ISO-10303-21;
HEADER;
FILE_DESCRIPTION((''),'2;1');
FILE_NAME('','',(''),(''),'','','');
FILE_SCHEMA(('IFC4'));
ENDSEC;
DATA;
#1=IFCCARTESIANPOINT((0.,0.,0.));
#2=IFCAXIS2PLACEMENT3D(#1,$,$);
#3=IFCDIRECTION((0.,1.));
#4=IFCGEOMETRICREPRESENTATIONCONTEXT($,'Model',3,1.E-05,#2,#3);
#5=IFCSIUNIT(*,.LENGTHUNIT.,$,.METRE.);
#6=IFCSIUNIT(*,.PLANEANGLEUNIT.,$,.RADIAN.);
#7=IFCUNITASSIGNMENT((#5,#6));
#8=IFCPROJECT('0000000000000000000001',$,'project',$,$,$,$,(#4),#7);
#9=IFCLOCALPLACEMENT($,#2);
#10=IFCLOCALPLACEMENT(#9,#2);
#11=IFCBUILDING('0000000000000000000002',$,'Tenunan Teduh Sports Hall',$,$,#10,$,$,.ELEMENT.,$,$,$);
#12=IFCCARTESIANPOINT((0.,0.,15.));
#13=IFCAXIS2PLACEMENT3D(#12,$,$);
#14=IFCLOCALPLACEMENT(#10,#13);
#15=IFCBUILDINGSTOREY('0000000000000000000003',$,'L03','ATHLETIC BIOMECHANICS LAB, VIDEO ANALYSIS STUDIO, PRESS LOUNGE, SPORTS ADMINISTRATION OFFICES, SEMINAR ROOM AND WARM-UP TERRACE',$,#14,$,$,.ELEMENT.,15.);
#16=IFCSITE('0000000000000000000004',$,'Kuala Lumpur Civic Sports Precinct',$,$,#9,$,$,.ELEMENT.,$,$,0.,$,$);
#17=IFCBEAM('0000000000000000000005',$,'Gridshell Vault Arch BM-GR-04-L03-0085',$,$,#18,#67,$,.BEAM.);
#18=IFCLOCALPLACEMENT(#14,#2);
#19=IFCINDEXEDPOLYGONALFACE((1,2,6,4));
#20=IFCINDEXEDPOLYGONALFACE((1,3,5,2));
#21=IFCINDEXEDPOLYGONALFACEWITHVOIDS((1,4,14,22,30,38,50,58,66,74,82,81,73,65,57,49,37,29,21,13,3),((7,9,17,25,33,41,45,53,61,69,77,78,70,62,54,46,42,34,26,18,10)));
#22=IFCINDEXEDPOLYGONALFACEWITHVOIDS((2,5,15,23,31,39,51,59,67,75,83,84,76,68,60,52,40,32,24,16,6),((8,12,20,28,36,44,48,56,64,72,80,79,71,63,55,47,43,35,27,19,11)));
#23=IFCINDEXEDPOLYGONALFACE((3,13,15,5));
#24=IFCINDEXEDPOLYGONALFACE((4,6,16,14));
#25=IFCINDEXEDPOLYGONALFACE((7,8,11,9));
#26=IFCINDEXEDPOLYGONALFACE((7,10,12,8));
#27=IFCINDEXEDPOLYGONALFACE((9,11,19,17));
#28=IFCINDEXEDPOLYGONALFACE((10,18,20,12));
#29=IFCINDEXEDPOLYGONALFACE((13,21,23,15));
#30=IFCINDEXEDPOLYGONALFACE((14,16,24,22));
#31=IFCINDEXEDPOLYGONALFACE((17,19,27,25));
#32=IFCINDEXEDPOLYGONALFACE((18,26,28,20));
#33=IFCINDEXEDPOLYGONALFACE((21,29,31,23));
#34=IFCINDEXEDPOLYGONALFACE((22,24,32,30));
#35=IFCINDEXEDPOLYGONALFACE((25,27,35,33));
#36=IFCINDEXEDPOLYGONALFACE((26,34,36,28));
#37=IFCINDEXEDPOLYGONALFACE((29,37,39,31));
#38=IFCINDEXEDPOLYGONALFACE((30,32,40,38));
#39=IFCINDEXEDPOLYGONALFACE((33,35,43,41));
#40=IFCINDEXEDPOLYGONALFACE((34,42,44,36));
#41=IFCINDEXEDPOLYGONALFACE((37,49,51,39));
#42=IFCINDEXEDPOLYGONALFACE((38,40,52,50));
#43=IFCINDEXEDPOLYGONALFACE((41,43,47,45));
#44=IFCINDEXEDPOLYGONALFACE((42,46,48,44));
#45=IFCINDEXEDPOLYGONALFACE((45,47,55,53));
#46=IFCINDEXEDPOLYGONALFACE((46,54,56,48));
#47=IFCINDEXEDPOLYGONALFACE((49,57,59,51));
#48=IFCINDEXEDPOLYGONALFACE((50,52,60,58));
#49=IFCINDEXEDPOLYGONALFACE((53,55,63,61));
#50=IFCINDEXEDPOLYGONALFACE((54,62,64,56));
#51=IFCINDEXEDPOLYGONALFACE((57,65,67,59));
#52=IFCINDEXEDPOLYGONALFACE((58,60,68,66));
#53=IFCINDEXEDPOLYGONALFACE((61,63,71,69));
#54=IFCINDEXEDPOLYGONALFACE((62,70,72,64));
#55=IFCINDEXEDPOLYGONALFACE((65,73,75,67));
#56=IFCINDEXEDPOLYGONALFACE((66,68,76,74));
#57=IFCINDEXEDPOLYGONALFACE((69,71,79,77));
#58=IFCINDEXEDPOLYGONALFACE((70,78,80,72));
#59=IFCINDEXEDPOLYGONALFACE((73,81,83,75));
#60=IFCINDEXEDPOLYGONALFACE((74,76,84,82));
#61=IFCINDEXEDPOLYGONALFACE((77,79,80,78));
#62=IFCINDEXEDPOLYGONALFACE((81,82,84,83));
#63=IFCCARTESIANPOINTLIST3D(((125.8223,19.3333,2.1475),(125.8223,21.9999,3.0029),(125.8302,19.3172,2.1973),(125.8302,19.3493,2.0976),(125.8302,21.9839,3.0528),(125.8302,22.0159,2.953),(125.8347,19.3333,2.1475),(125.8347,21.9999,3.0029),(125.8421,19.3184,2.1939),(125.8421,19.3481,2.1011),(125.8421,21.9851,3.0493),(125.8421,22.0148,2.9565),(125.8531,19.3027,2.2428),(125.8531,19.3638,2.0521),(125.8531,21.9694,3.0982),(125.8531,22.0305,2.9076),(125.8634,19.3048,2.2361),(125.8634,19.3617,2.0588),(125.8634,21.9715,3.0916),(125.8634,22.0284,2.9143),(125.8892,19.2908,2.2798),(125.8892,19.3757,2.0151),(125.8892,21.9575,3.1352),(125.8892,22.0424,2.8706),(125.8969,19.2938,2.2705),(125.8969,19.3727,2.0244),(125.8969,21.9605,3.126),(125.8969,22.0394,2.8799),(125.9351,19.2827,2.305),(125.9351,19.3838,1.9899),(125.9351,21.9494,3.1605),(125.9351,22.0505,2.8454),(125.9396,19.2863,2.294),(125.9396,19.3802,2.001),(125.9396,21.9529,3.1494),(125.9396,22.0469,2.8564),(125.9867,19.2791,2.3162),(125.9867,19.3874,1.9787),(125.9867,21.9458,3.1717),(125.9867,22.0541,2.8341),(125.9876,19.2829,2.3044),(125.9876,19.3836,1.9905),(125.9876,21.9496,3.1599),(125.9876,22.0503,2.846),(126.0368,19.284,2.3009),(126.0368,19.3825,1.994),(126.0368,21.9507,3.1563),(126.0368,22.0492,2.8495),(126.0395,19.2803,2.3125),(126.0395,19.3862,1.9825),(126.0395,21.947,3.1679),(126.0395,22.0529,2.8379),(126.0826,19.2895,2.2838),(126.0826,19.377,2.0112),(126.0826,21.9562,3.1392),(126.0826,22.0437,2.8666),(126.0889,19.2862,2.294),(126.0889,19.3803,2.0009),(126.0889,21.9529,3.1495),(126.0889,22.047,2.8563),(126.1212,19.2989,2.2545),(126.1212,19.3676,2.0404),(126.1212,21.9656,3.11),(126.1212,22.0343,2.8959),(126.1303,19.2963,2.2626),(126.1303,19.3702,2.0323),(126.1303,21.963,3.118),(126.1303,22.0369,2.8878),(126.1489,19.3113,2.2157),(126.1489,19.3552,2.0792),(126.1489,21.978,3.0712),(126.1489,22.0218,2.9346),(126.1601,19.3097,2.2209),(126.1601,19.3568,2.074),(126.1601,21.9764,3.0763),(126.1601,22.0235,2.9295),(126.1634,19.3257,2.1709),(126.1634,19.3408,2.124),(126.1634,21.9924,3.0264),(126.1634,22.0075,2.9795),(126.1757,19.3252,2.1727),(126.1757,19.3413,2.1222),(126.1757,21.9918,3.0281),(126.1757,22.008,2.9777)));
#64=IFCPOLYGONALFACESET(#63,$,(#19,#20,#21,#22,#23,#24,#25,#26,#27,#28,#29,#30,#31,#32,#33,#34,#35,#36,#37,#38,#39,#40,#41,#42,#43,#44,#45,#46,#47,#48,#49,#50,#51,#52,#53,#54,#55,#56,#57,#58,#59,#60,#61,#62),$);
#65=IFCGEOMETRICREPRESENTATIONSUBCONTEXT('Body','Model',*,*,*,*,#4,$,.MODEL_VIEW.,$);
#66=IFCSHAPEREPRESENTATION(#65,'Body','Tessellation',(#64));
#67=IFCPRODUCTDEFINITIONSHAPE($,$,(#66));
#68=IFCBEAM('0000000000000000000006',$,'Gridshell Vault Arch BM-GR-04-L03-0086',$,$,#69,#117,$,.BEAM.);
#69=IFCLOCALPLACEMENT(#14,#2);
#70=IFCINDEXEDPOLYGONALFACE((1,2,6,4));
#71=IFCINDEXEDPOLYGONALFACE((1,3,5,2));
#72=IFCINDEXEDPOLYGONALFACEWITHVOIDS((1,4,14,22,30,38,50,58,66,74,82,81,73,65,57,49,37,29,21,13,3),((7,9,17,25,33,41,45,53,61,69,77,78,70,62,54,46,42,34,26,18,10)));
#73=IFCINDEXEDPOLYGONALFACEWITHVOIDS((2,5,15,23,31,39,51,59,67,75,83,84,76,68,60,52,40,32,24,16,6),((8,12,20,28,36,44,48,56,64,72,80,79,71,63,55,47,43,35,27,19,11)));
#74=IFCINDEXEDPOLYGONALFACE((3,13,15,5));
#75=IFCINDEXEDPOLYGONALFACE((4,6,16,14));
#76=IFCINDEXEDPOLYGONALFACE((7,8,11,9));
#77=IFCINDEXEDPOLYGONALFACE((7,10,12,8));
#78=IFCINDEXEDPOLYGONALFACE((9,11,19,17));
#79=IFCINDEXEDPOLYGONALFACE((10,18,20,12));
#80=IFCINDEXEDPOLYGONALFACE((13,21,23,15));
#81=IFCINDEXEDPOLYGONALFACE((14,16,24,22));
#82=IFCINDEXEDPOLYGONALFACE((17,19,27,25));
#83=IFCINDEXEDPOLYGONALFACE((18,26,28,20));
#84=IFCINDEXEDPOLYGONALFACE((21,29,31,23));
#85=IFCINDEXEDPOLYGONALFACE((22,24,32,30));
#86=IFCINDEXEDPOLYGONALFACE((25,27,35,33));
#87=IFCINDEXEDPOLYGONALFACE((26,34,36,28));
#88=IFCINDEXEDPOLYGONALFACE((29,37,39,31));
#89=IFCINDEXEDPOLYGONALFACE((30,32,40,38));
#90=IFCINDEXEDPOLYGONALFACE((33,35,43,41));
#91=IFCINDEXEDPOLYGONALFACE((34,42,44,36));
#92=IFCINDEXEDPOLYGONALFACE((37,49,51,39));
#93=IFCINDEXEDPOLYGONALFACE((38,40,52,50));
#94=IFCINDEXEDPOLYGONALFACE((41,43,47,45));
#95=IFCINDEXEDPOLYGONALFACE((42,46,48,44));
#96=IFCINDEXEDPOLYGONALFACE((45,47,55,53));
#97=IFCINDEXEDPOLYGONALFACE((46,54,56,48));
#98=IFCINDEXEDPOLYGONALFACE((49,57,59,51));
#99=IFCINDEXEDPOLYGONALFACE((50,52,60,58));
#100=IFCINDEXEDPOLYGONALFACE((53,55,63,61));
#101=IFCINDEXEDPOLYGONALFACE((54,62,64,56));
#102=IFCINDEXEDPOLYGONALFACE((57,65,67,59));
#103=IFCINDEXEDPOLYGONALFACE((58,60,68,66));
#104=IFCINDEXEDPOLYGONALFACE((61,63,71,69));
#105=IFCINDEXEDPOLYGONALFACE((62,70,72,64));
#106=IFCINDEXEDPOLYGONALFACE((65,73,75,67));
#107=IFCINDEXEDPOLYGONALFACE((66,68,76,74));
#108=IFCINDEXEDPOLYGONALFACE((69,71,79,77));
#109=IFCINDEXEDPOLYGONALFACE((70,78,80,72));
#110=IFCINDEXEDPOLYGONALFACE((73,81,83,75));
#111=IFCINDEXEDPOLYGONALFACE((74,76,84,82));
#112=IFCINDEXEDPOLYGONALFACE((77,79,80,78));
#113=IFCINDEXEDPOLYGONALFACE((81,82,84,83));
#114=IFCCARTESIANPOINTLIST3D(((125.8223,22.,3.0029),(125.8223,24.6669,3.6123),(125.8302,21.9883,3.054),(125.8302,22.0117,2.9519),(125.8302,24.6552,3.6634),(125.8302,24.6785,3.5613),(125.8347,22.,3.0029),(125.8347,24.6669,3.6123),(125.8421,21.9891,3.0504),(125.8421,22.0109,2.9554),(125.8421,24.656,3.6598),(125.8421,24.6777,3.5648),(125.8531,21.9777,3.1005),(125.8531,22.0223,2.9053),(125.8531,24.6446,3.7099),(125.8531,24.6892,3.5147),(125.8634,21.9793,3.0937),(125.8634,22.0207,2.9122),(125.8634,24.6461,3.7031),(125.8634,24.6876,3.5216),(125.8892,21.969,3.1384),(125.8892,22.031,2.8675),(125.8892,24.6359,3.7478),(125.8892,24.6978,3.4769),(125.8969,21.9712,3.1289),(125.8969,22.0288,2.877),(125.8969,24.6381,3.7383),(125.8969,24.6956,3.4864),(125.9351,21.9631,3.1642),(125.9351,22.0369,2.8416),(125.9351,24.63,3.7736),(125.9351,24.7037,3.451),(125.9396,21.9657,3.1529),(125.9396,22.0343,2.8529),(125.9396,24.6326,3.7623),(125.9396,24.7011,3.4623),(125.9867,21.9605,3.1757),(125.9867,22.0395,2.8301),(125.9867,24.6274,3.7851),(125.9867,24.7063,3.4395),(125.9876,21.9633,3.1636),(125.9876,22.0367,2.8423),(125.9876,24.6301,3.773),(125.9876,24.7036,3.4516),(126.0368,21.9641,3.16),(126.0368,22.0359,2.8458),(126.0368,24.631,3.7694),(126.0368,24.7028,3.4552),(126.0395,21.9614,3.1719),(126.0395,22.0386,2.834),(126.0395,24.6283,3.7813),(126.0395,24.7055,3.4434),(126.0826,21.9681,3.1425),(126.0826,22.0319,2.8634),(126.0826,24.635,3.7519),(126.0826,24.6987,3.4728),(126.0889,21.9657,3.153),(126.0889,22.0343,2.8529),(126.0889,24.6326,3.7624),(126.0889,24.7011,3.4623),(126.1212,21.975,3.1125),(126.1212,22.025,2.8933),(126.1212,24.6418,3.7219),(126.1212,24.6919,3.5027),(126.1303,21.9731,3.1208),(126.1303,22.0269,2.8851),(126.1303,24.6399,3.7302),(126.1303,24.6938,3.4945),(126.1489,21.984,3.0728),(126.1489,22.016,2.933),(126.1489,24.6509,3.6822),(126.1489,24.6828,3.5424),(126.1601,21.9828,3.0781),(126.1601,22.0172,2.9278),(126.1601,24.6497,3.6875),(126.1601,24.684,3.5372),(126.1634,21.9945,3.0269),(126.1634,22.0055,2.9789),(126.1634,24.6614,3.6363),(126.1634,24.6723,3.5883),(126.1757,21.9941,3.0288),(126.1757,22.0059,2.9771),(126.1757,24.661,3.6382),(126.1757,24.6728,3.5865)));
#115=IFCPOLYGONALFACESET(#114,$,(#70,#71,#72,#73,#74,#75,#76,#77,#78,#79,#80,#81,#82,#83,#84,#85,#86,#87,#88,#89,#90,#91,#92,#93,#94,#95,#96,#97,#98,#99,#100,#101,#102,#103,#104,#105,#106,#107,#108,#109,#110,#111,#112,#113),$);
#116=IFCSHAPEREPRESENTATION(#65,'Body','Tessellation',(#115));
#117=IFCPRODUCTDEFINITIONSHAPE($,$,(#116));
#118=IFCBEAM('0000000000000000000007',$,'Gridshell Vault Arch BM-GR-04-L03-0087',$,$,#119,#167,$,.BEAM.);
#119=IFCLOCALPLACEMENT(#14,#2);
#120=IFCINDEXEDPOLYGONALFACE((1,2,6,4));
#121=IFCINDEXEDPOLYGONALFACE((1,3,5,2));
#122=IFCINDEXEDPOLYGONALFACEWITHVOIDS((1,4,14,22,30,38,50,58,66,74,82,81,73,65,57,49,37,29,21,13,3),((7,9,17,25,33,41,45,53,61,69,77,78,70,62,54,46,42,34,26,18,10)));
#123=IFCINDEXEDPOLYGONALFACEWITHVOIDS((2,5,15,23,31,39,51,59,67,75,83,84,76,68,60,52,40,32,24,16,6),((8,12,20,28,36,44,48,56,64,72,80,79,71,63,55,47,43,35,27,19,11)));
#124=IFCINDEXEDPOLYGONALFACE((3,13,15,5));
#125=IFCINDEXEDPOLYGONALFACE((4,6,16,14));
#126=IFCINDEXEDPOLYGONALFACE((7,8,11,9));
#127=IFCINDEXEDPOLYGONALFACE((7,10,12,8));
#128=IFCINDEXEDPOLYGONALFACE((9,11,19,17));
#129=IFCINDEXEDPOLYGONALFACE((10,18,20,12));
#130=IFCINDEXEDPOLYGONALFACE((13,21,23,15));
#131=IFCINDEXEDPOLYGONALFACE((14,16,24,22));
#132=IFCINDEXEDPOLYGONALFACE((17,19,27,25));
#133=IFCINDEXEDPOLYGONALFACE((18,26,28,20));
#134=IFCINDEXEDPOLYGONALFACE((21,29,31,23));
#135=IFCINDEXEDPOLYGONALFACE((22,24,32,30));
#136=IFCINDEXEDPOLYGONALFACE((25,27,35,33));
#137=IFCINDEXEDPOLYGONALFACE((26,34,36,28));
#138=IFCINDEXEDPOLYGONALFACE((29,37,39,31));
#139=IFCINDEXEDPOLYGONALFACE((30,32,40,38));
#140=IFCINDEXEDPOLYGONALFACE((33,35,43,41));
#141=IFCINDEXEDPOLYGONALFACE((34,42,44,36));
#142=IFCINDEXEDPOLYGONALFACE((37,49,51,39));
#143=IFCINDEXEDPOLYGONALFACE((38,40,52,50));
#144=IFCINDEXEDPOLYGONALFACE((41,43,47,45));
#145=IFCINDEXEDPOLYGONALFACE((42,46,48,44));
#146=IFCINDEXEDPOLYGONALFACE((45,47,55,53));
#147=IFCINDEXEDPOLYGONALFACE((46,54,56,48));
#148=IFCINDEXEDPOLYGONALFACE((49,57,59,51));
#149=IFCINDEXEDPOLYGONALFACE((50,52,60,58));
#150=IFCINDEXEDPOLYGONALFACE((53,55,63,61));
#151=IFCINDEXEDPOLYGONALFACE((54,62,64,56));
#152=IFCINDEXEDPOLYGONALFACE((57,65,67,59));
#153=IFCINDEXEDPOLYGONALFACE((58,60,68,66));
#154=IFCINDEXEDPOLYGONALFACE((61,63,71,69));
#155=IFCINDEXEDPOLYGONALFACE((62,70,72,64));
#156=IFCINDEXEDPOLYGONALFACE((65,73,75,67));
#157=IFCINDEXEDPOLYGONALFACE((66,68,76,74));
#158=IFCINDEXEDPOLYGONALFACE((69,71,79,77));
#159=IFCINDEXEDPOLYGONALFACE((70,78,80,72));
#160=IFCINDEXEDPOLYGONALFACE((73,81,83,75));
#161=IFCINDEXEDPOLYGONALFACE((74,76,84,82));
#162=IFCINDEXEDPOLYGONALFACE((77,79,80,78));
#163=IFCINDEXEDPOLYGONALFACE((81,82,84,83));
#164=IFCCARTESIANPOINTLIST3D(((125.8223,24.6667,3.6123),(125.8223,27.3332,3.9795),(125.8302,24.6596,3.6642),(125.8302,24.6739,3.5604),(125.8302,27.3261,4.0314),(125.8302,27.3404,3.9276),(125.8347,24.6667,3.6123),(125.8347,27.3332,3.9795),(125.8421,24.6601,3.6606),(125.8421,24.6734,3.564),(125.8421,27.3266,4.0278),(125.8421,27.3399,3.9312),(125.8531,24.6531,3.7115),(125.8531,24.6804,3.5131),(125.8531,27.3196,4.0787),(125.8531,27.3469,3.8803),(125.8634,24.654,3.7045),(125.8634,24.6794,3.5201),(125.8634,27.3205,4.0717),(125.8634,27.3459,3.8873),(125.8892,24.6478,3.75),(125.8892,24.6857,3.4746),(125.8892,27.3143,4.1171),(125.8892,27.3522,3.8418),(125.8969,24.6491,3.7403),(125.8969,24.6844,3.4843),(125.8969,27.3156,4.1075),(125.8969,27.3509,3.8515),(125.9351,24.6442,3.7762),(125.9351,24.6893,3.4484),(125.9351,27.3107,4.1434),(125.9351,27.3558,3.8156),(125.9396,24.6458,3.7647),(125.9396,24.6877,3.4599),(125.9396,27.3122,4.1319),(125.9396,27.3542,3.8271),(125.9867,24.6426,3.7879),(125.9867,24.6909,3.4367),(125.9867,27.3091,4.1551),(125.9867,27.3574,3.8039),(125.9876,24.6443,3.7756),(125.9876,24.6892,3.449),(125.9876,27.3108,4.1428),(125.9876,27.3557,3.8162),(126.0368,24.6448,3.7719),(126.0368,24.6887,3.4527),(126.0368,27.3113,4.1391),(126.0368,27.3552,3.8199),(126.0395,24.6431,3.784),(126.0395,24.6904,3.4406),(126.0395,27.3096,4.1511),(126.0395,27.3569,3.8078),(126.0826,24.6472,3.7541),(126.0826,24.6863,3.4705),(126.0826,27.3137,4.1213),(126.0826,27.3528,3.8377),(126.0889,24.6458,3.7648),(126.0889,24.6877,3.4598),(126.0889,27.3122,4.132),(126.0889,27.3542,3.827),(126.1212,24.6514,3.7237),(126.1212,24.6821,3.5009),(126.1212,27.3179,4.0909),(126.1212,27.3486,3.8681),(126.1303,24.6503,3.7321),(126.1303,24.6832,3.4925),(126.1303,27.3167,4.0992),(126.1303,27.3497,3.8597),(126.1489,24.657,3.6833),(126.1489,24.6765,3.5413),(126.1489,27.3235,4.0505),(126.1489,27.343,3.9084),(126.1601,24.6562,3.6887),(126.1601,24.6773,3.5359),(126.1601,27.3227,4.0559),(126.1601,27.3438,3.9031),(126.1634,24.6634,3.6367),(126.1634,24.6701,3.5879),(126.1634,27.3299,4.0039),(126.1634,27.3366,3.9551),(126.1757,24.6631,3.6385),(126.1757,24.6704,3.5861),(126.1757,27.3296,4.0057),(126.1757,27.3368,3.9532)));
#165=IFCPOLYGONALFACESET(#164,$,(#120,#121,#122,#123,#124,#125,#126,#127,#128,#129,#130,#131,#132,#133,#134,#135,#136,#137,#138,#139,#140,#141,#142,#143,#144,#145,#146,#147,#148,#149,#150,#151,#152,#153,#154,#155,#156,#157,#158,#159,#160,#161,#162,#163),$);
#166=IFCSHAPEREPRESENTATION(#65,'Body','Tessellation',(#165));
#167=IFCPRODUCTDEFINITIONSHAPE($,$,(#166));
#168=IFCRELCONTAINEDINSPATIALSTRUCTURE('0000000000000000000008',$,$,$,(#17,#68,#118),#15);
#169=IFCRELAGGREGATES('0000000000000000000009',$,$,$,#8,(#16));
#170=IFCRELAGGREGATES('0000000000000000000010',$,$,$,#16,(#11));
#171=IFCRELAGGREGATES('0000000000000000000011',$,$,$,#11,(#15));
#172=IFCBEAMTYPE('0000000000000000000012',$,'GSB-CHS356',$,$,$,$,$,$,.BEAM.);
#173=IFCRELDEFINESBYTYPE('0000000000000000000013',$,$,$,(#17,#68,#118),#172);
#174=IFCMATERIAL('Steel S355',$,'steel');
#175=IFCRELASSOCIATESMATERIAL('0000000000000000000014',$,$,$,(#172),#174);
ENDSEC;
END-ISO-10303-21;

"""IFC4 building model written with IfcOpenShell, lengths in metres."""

from ifc_helpers import new_model, si_unit, direction, frame, origin, origin_2d, place, context, subcontext, project, spatial, hollow_circle, extrude, material, material_profile, profile_set, type_object, element, save


model = new_model("IFC4")

# Units and contexts
model_context = context("Model", 3, precision=1e-05, world=origin(), true_north=direction((0.0, 1.0)))
body_context = subcontext(model_context, "Body", "Model", "MODEL_VIEW")
ifc_project = project(units=[si_unit("LENGTHUNIT", "METRE"), si_unit("PLANEANGLEUNIT", "RADIAN")], contexts=[model_context])

# Site, building, storey
site_placement = place(None, origin())
site = spatial("IfcSite", under=ifc_project, at=site_placement, Name="Kuala Lumpur Civic Sports Precinct", CompositionType="ELEMENT", RefElevation=0.0)
building_placement = place(site_placement, origin())
building = spatial("IfcBuilding", under=site, at=building_placement, Name="Tenunan Teduh Sports Hall", CompositionType="ELEMENT")
storey_placement = place(building_placement, frame((0.0, 0.0, 15.0)))
storey = spatial("IfcBuildingStorey", under=building, at=storey_placement, Name="L03", Description="ATHLETIC BIOMECHANICS LAB, VIDEO ANALYSIS STUDIO, PRESS LOUNGE, SPORTS ADMINISTRATION OFFICES, SEMINAR ROOM AND WARM-UP TERRACE", CompositionType="ELEMENT", Elevation=15.0)

# Beams
ifc_material_1 = material(Name="Steel S355", Category="steel")
ifc_material_profile_1 = material_profile(ifc_material_1, hollow_circle(Radius=0.1777, WallThickness=0.0125, at=origin_2d()), Name="CHS 355.6x12.5")
ifc_profile_set_1 = profile_set([ifc_material_profile_1], Name="Steel S355")
beam_type_1 = type_object("IfcBeamType", Name="GSB-CHS356", PredefinedType="BEAM", material=ifc_profile_set_1)
beam_1_placement = place(storey_placement, frame((126.0, 19.3333, 2.1475), z_axis=(0.0, 0.952205, 0.305459), x_axis=(-1.0, 0.0, 0.0)))
element("IfcBeam", 1, at=beam_1_placement, inside=storey, type_object=beam_type_1, Name="Gridshell Vault Arch BM-GR-04-L03-0085", PredefinedType="BEAM", context=body_context, shape_type="SweptSolid", body=[
    extrude(hollow_circle(Radius=0.1777, WallThickness=0.0125, at=origin_2d()), origin(), (0.0, 0.0, 1.0), 2.8005),
])
beam_2_placement = place(storey_placement, frame((126.0, 22.0, 3.0029), z_axis=(0.0, 0.974872, 0.222767), x_axis=(-1.0, 0.0, 0.0)))
element("IfcBeam", 2, at=beam_2_placement, inside=storey, type_object=beam_type_1, Name="Gridshell Vault Arch BM-GR-04-L03-0086", PredefinedType="BEAM", context=body_context, shape_type="SweptSolid", body=[
    extrude(hollow_circle(Radius=0.1777, WallThickness=0.0125, at=origin_2d()), origin(), (0.0, 0.0, 1.0), 2.7356),
])
beam_3_placement = place(storey_placement, frame((126.0, 24.6667, 3.6123), z_axis=(0.0, 0.990652, 0.136416), x_axis=(-1.0, 0.0, 0.0)))
element("IfcBeam", 3, at=beam_3_placement, inside=storey, type_object=beam_type_1, Name="Gridshell Vault Arch BM-GR-04-L03-0087", PredefinedType="BEAM", context=body_context, shape_type="SweptSolid", body=[
    extrude(hollow_circle(Radius=0.1777, WallThickness=0.0125, at=origin_2d()), origin(), (0.0, 0.0, 1.0), 2.6917),
])

save(model, "model.ifc")
